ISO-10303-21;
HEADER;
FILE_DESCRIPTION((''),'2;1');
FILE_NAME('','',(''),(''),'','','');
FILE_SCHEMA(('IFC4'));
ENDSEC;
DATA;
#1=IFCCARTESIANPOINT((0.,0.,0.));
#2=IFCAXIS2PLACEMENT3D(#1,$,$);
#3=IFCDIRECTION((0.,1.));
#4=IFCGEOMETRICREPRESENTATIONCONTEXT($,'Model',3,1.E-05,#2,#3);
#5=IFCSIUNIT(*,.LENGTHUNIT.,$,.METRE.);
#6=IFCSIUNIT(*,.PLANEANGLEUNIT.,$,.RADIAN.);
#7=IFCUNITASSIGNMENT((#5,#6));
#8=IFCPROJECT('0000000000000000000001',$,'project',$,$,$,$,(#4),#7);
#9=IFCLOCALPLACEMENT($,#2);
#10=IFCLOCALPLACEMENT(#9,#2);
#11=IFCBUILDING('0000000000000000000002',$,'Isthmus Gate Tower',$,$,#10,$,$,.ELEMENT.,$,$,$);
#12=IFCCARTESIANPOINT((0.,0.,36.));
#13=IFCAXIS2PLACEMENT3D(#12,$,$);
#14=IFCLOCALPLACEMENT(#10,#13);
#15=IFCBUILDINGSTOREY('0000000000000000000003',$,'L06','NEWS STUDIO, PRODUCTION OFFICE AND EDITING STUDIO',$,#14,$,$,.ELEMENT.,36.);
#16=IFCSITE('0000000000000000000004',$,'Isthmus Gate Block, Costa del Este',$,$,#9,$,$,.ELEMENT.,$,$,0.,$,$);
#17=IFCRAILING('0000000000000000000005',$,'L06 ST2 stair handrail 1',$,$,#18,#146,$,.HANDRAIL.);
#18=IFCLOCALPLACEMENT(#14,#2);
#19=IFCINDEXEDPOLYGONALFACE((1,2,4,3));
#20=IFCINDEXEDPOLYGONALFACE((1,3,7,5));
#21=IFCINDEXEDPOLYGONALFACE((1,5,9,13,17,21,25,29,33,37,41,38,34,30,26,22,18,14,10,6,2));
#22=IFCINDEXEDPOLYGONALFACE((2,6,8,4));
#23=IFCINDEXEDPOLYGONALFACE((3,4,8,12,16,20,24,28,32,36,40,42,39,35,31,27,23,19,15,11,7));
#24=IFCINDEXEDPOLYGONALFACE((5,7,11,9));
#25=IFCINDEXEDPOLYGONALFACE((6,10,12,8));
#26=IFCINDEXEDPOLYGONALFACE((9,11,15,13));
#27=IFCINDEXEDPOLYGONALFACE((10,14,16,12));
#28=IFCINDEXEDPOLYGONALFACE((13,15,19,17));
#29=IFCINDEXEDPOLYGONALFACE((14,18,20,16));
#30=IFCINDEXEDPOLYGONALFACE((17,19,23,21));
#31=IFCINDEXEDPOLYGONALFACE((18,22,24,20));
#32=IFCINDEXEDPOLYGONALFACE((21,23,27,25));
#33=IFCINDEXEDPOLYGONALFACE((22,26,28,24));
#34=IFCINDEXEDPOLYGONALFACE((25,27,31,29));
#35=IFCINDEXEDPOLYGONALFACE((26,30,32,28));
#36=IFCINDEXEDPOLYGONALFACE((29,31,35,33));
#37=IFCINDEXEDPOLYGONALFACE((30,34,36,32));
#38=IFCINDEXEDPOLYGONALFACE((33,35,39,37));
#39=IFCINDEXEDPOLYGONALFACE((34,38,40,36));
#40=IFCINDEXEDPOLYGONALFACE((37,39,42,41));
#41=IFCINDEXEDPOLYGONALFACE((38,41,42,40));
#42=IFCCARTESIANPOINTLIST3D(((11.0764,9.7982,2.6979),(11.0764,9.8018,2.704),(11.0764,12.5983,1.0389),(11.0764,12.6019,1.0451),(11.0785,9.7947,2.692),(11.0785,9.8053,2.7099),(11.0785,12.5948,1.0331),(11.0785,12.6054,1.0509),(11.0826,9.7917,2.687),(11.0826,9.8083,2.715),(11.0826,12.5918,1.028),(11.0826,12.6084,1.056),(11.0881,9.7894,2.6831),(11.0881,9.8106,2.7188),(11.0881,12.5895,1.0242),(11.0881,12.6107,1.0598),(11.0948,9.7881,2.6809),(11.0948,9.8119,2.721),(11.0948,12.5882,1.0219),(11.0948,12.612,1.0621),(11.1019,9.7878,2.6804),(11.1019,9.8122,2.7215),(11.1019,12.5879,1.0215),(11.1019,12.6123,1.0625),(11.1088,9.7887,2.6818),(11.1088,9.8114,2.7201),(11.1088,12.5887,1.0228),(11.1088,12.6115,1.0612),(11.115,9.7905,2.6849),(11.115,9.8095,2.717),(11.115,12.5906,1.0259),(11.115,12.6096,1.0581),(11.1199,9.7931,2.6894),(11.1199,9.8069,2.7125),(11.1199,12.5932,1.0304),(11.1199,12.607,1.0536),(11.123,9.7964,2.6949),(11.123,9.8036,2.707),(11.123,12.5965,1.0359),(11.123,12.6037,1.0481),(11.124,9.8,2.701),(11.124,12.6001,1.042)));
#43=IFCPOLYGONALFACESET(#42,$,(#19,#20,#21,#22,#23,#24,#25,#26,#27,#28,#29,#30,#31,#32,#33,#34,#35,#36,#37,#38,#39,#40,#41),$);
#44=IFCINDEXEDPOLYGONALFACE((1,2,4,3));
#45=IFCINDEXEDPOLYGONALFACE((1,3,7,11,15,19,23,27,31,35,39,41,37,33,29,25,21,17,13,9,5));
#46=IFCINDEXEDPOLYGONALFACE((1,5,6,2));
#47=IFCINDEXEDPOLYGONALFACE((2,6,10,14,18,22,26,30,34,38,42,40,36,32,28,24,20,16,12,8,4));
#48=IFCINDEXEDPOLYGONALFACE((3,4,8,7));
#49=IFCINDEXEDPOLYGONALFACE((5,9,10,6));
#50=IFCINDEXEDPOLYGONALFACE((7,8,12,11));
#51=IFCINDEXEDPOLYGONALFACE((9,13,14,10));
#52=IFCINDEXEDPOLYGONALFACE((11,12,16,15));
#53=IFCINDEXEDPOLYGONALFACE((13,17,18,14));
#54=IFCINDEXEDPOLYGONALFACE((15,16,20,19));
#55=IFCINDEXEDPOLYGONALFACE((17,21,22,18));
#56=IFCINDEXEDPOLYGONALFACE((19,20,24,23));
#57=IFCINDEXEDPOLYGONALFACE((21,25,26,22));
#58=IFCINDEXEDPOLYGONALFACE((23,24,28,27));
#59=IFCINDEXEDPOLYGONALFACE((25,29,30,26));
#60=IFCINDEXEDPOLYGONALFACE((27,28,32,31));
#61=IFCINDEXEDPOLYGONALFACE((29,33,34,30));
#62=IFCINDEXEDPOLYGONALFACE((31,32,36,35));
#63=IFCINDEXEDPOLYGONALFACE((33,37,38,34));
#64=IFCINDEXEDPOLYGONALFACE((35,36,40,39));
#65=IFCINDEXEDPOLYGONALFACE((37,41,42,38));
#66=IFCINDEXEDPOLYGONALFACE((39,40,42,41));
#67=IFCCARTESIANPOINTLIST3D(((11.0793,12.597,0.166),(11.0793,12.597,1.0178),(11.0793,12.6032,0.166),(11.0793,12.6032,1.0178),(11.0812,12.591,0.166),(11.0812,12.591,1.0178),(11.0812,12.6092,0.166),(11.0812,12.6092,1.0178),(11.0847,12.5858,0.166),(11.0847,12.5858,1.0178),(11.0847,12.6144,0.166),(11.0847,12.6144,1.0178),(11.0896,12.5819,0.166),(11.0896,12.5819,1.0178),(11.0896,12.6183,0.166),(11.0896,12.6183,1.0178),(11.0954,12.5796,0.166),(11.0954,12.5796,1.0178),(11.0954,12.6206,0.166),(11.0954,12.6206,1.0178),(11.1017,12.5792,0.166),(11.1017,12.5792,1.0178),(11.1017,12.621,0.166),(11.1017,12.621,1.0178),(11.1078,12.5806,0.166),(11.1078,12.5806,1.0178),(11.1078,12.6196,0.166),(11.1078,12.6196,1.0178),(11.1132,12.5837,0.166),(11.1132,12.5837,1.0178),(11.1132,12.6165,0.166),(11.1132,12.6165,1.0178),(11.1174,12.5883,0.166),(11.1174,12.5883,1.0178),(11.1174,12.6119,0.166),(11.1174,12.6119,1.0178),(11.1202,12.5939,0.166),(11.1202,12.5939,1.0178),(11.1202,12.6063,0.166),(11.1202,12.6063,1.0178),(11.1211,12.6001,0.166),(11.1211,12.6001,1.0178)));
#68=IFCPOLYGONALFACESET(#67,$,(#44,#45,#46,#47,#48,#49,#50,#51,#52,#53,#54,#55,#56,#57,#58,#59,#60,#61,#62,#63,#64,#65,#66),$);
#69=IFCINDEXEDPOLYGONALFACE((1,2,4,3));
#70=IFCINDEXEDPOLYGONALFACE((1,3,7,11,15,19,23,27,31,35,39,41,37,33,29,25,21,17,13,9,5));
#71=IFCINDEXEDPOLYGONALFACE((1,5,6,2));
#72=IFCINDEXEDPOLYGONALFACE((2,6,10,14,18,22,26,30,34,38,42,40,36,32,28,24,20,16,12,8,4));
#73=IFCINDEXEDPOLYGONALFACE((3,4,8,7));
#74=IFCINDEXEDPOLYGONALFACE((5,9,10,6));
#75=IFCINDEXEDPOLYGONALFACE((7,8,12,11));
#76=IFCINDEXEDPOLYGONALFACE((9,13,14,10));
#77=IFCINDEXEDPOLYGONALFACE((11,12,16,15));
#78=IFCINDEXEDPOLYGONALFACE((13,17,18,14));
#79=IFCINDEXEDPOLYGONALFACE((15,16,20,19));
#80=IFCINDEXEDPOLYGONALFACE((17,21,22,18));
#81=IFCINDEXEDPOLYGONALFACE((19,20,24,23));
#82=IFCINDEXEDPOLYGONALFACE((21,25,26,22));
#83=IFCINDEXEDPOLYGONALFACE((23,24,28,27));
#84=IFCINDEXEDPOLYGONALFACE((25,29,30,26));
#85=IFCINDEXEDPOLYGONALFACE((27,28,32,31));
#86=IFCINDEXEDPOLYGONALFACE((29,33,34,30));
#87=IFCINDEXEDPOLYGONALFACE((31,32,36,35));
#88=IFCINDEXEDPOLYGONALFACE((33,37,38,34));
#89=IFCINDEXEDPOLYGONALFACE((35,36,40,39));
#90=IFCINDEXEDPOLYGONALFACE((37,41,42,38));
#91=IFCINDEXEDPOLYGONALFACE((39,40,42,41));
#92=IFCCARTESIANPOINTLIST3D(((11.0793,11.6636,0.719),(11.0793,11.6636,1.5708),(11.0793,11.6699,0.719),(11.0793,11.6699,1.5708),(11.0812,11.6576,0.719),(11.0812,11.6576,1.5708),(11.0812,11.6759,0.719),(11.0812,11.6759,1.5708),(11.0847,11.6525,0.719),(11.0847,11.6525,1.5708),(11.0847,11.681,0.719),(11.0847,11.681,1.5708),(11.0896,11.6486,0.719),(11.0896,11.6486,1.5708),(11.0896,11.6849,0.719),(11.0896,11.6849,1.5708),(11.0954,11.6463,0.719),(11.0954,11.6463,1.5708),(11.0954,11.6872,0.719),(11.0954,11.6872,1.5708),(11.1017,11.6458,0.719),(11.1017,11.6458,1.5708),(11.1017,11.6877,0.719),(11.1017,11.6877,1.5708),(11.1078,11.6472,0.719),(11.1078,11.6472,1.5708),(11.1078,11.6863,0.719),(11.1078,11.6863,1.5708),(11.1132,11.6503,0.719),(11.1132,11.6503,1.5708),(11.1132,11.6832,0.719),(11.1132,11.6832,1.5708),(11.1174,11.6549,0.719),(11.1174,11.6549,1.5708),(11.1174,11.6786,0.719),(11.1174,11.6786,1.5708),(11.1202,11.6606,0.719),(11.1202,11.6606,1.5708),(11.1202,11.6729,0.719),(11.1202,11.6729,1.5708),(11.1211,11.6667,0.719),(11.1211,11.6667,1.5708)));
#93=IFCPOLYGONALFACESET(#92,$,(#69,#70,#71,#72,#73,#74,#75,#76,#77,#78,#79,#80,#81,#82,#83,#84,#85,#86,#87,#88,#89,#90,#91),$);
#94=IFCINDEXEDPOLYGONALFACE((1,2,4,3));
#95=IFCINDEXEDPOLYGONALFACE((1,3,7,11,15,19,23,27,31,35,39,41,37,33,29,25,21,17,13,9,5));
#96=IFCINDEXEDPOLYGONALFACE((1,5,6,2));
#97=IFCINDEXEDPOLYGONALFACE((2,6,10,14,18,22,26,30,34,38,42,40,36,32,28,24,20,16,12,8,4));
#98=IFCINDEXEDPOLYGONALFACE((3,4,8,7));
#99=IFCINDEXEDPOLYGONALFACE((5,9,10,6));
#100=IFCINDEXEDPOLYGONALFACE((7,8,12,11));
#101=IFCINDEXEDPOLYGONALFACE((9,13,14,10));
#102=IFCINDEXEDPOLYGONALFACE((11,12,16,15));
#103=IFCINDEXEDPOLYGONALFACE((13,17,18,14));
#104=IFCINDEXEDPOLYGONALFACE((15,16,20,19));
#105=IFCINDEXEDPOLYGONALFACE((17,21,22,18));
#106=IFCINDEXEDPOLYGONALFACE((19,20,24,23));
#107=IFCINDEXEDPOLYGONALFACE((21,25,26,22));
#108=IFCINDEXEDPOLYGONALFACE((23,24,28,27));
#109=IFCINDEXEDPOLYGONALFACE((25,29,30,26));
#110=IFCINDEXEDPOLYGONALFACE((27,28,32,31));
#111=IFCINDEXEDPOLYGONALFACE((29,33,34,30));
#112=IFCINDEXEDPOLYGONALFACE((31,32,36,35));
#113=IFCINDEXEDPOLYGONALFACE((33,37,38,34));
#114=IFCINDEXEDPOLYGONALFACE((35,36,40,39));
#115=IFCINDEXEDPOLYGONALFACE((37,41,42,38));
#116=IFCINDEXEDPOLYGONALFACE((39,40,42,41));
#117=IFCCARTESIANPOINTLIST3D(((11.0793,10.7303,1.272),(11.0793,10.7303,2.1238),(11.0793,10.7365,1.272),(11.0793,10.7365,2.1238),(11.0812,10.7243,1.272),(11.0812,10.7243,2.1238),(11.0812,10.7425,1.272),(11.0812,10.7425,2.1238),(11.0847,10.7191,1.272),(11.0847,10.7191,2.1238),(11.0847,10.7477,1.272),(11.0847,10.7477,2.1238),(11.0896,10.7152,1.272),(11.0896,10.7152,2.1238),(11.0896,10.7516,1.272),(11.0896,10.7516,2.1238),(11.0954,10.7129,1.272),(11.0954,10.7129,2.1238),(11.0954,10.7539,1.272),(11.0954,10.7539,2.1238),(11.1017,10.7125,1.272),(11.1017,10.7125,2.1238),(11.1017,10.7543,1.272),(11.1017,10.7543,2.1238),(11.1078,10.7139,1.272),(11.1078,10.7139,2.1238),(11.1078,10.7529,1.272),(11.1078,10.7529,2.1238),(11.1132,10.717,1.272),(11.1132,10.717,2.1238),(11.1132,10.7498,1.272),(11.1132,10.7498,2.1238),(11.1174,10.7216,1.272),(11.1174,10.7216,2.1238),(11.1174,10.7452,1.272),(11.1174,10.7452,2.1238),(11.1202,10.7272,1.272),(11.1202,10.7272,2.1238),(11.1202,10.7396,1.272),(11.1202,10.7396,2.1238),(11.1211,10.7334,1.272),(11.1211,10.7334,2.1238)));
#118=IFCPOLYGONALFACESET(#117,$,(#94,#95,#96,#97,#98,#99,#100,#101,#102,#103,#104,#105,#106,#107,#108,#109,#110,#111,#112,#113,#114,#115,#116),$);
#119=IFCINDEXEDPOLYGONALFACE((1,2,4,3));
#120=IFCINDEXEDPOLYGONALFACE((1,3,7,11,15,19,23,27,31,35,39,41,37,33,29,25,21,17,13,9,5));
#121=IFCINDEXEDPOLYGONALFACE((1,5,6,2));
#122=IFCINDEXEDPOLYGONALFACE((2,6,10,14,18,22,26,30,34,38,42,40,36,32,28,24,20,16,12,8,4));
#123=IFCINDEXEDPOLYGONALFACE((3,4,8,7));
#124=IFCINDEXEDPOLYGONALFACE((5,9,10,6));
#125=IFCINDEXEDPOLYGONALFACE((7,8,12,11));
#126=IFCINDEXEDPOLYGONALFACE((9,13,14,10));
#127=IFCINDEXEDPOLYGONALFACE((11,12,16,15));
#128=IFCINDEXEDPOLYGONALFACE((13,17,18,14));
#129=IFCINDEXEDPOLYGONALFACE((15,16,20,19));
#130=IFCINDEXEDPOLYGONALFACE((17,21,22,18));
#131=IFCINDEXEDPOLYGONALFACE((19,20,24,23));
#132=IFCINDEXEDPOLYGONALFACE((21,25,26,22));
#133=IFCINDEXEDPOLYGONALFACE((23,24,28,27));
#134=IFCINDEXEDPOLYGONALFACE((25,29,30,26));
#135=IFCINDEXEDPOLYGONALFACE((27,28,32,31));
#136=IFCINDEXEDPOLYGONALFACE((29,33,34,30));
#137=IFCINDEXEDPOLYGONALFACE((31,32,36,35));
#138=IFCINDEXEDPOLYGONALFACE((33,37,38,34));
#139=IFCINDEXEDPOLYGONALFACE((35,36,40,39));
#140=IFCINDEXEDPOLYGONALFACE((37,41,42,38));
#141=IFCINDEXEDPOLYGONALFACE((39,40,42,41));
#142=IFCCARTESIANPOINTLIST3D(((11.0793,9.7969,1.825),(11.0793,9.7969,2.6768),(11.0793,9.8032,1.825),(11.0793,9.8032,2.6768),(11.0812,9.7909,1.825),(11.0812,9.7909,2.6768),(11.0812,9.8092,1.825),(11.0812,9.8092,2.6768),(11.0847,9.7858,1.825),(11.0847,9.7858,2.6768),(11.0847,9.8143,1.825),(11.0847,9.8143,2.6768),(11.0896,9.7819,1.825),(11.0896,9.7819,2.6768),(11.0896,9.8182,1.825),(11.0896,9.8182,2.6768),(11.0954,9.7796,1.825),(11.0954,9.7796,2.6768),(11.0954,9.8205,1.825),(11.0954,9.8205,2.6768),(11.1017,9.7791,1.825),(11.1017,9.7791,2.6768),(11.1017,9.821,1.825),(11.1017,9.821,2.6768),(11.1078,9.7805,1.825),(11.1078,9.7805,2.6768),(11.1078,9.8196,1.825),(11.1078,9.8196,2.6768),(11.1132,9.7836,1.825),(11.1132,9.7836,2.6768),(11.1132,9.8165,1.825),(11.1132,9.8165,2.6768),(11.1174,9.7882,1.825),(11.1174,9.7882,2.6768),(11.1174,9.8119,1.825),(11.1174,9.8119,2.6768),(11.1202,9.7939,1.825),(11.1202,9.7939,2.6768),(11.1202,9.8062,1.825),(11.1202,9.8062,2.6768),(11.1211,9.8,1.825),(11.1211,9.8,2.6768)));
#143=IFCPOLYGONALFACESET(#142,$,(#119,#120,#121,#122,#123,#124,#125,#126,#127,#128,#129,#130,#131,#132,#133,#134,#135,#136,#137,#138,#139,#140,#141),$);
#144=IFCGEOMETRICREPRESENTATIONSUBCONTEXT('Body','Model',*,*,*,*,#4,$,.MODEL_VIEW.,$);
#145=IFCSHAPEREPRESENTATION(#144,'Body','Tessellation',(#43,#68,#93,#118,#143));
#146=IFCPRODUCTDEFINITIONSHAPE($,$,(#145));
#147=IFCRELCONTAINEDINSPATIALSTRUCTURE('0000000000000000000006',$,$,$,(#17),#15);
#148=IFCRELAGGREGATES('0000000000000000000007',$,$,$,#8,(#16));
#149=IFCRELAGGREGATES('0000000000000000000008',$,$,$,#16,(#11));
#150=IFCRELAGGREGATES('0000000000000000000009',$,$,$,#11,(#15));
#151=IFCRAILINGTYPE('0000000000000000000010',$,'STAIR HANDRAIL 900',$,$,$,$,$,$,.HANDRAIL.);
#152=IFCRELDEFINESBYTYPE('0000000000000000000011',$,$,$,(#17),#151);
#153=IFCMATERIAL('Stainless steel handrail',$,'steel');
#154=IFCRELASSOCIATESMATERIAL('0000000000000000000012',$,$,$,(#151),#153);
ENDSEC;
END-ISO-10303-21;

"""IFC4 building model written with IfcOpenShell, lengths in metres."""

from ifc_helpers import new_model, si_unit, direction, frame, origin, origin_2d, place, context, subcontext, project, spatial, circle, extrude, material, type_object, element, save


model = new_model("IFC4")

# Units and contexts
model_context = context("Model", 3, precision=1e-05, world=origin(), true_north=direction((0.0, 1.0)))
body_context = subcontext(model_context, "Body", "Model", "MODEL_VIEW")
ifc_project = project(units=[si_unit("LENGTHUNIT", "METRE"), si_unit("PLANEANGLEUNIT", "RADIAN")], contexts=[model_context])

# Site, building, storey
site_placement = place(None, origin())
site = spatial("IfcSite", under=ifc_project, at=site_placement, Name="Isthmus Gate Block, Costa del Este", CompositionType="ELEMENT", RefElevation=0.0)
building_placement = place(site_placement, origin())
building = spatial("IfcBuilding", under=site, at=building_placement, Name="Isthmus Gate Tower", CompositionType="ELEMENT")
storey_placement = place(building_placement, frame((0.0, 0.0, 36.0)))
storey = spatial("IfcBuildingStorey", under=building, at=storey_placement, Name="L06", Description="NEWS STUDIO, PRODUCTION OFFICE AND EDITING STUDIO", CompositionType="ELEMENT", Elevation=36.0)

# Railing
ifc_material_1 = material(Name="Stainless steel handrail", Category="steel")
railing_type_1 = type_object("IfcRailingType", Name="STAIR HANDRAIL 900", PredefinedType="HANDRAIL", material=ifc_material_1)
railing_1_placement = place(storey_placement, frame((11.1001, 12.6001, 0.166)))
element("IfcRailing", 1, at=railing_1_placement, inside=storey, type_object=railing_type_1, Name="L06 ST2 stair handrail 1", PredefinedType="HANDRAIL", context=body_context, shape_type="SweptSolid", body=[
    extrude(circle(Radius=0.0239, at=origin_2d()), frame((0.0, 0.0, 0.876), z_axis=(0.0, -0.860339, 0.509722), x_axis=(1.0, 0.0, 0.0)), (0.0, 0.0, 1.0), 3.2546),
    extrude(circle(Radius=0.021, at=origin_2d()), origin(), (0.0, 0.0, 1.0), 0.8518),
    extrude(circle(Radius=0.021, at=origin_2d()), frame((0.0, -0.9333, 0.553)), (0.0, 0.0, 1.0), 0.8518),
    extrude(circle(Radius=0.021, at=origin_2d()), frame((0.0, -1.8667, 1.106)), (0.0, 0.0, 1.0), 0.8518),
    extrude(circle(Radius=0.021, at=origin_2d()), frame((0.0, -2.8, 1.6589)), (0.0, 0.0, 1.0), 0.8518),
])

save(model, "model.ifc")
